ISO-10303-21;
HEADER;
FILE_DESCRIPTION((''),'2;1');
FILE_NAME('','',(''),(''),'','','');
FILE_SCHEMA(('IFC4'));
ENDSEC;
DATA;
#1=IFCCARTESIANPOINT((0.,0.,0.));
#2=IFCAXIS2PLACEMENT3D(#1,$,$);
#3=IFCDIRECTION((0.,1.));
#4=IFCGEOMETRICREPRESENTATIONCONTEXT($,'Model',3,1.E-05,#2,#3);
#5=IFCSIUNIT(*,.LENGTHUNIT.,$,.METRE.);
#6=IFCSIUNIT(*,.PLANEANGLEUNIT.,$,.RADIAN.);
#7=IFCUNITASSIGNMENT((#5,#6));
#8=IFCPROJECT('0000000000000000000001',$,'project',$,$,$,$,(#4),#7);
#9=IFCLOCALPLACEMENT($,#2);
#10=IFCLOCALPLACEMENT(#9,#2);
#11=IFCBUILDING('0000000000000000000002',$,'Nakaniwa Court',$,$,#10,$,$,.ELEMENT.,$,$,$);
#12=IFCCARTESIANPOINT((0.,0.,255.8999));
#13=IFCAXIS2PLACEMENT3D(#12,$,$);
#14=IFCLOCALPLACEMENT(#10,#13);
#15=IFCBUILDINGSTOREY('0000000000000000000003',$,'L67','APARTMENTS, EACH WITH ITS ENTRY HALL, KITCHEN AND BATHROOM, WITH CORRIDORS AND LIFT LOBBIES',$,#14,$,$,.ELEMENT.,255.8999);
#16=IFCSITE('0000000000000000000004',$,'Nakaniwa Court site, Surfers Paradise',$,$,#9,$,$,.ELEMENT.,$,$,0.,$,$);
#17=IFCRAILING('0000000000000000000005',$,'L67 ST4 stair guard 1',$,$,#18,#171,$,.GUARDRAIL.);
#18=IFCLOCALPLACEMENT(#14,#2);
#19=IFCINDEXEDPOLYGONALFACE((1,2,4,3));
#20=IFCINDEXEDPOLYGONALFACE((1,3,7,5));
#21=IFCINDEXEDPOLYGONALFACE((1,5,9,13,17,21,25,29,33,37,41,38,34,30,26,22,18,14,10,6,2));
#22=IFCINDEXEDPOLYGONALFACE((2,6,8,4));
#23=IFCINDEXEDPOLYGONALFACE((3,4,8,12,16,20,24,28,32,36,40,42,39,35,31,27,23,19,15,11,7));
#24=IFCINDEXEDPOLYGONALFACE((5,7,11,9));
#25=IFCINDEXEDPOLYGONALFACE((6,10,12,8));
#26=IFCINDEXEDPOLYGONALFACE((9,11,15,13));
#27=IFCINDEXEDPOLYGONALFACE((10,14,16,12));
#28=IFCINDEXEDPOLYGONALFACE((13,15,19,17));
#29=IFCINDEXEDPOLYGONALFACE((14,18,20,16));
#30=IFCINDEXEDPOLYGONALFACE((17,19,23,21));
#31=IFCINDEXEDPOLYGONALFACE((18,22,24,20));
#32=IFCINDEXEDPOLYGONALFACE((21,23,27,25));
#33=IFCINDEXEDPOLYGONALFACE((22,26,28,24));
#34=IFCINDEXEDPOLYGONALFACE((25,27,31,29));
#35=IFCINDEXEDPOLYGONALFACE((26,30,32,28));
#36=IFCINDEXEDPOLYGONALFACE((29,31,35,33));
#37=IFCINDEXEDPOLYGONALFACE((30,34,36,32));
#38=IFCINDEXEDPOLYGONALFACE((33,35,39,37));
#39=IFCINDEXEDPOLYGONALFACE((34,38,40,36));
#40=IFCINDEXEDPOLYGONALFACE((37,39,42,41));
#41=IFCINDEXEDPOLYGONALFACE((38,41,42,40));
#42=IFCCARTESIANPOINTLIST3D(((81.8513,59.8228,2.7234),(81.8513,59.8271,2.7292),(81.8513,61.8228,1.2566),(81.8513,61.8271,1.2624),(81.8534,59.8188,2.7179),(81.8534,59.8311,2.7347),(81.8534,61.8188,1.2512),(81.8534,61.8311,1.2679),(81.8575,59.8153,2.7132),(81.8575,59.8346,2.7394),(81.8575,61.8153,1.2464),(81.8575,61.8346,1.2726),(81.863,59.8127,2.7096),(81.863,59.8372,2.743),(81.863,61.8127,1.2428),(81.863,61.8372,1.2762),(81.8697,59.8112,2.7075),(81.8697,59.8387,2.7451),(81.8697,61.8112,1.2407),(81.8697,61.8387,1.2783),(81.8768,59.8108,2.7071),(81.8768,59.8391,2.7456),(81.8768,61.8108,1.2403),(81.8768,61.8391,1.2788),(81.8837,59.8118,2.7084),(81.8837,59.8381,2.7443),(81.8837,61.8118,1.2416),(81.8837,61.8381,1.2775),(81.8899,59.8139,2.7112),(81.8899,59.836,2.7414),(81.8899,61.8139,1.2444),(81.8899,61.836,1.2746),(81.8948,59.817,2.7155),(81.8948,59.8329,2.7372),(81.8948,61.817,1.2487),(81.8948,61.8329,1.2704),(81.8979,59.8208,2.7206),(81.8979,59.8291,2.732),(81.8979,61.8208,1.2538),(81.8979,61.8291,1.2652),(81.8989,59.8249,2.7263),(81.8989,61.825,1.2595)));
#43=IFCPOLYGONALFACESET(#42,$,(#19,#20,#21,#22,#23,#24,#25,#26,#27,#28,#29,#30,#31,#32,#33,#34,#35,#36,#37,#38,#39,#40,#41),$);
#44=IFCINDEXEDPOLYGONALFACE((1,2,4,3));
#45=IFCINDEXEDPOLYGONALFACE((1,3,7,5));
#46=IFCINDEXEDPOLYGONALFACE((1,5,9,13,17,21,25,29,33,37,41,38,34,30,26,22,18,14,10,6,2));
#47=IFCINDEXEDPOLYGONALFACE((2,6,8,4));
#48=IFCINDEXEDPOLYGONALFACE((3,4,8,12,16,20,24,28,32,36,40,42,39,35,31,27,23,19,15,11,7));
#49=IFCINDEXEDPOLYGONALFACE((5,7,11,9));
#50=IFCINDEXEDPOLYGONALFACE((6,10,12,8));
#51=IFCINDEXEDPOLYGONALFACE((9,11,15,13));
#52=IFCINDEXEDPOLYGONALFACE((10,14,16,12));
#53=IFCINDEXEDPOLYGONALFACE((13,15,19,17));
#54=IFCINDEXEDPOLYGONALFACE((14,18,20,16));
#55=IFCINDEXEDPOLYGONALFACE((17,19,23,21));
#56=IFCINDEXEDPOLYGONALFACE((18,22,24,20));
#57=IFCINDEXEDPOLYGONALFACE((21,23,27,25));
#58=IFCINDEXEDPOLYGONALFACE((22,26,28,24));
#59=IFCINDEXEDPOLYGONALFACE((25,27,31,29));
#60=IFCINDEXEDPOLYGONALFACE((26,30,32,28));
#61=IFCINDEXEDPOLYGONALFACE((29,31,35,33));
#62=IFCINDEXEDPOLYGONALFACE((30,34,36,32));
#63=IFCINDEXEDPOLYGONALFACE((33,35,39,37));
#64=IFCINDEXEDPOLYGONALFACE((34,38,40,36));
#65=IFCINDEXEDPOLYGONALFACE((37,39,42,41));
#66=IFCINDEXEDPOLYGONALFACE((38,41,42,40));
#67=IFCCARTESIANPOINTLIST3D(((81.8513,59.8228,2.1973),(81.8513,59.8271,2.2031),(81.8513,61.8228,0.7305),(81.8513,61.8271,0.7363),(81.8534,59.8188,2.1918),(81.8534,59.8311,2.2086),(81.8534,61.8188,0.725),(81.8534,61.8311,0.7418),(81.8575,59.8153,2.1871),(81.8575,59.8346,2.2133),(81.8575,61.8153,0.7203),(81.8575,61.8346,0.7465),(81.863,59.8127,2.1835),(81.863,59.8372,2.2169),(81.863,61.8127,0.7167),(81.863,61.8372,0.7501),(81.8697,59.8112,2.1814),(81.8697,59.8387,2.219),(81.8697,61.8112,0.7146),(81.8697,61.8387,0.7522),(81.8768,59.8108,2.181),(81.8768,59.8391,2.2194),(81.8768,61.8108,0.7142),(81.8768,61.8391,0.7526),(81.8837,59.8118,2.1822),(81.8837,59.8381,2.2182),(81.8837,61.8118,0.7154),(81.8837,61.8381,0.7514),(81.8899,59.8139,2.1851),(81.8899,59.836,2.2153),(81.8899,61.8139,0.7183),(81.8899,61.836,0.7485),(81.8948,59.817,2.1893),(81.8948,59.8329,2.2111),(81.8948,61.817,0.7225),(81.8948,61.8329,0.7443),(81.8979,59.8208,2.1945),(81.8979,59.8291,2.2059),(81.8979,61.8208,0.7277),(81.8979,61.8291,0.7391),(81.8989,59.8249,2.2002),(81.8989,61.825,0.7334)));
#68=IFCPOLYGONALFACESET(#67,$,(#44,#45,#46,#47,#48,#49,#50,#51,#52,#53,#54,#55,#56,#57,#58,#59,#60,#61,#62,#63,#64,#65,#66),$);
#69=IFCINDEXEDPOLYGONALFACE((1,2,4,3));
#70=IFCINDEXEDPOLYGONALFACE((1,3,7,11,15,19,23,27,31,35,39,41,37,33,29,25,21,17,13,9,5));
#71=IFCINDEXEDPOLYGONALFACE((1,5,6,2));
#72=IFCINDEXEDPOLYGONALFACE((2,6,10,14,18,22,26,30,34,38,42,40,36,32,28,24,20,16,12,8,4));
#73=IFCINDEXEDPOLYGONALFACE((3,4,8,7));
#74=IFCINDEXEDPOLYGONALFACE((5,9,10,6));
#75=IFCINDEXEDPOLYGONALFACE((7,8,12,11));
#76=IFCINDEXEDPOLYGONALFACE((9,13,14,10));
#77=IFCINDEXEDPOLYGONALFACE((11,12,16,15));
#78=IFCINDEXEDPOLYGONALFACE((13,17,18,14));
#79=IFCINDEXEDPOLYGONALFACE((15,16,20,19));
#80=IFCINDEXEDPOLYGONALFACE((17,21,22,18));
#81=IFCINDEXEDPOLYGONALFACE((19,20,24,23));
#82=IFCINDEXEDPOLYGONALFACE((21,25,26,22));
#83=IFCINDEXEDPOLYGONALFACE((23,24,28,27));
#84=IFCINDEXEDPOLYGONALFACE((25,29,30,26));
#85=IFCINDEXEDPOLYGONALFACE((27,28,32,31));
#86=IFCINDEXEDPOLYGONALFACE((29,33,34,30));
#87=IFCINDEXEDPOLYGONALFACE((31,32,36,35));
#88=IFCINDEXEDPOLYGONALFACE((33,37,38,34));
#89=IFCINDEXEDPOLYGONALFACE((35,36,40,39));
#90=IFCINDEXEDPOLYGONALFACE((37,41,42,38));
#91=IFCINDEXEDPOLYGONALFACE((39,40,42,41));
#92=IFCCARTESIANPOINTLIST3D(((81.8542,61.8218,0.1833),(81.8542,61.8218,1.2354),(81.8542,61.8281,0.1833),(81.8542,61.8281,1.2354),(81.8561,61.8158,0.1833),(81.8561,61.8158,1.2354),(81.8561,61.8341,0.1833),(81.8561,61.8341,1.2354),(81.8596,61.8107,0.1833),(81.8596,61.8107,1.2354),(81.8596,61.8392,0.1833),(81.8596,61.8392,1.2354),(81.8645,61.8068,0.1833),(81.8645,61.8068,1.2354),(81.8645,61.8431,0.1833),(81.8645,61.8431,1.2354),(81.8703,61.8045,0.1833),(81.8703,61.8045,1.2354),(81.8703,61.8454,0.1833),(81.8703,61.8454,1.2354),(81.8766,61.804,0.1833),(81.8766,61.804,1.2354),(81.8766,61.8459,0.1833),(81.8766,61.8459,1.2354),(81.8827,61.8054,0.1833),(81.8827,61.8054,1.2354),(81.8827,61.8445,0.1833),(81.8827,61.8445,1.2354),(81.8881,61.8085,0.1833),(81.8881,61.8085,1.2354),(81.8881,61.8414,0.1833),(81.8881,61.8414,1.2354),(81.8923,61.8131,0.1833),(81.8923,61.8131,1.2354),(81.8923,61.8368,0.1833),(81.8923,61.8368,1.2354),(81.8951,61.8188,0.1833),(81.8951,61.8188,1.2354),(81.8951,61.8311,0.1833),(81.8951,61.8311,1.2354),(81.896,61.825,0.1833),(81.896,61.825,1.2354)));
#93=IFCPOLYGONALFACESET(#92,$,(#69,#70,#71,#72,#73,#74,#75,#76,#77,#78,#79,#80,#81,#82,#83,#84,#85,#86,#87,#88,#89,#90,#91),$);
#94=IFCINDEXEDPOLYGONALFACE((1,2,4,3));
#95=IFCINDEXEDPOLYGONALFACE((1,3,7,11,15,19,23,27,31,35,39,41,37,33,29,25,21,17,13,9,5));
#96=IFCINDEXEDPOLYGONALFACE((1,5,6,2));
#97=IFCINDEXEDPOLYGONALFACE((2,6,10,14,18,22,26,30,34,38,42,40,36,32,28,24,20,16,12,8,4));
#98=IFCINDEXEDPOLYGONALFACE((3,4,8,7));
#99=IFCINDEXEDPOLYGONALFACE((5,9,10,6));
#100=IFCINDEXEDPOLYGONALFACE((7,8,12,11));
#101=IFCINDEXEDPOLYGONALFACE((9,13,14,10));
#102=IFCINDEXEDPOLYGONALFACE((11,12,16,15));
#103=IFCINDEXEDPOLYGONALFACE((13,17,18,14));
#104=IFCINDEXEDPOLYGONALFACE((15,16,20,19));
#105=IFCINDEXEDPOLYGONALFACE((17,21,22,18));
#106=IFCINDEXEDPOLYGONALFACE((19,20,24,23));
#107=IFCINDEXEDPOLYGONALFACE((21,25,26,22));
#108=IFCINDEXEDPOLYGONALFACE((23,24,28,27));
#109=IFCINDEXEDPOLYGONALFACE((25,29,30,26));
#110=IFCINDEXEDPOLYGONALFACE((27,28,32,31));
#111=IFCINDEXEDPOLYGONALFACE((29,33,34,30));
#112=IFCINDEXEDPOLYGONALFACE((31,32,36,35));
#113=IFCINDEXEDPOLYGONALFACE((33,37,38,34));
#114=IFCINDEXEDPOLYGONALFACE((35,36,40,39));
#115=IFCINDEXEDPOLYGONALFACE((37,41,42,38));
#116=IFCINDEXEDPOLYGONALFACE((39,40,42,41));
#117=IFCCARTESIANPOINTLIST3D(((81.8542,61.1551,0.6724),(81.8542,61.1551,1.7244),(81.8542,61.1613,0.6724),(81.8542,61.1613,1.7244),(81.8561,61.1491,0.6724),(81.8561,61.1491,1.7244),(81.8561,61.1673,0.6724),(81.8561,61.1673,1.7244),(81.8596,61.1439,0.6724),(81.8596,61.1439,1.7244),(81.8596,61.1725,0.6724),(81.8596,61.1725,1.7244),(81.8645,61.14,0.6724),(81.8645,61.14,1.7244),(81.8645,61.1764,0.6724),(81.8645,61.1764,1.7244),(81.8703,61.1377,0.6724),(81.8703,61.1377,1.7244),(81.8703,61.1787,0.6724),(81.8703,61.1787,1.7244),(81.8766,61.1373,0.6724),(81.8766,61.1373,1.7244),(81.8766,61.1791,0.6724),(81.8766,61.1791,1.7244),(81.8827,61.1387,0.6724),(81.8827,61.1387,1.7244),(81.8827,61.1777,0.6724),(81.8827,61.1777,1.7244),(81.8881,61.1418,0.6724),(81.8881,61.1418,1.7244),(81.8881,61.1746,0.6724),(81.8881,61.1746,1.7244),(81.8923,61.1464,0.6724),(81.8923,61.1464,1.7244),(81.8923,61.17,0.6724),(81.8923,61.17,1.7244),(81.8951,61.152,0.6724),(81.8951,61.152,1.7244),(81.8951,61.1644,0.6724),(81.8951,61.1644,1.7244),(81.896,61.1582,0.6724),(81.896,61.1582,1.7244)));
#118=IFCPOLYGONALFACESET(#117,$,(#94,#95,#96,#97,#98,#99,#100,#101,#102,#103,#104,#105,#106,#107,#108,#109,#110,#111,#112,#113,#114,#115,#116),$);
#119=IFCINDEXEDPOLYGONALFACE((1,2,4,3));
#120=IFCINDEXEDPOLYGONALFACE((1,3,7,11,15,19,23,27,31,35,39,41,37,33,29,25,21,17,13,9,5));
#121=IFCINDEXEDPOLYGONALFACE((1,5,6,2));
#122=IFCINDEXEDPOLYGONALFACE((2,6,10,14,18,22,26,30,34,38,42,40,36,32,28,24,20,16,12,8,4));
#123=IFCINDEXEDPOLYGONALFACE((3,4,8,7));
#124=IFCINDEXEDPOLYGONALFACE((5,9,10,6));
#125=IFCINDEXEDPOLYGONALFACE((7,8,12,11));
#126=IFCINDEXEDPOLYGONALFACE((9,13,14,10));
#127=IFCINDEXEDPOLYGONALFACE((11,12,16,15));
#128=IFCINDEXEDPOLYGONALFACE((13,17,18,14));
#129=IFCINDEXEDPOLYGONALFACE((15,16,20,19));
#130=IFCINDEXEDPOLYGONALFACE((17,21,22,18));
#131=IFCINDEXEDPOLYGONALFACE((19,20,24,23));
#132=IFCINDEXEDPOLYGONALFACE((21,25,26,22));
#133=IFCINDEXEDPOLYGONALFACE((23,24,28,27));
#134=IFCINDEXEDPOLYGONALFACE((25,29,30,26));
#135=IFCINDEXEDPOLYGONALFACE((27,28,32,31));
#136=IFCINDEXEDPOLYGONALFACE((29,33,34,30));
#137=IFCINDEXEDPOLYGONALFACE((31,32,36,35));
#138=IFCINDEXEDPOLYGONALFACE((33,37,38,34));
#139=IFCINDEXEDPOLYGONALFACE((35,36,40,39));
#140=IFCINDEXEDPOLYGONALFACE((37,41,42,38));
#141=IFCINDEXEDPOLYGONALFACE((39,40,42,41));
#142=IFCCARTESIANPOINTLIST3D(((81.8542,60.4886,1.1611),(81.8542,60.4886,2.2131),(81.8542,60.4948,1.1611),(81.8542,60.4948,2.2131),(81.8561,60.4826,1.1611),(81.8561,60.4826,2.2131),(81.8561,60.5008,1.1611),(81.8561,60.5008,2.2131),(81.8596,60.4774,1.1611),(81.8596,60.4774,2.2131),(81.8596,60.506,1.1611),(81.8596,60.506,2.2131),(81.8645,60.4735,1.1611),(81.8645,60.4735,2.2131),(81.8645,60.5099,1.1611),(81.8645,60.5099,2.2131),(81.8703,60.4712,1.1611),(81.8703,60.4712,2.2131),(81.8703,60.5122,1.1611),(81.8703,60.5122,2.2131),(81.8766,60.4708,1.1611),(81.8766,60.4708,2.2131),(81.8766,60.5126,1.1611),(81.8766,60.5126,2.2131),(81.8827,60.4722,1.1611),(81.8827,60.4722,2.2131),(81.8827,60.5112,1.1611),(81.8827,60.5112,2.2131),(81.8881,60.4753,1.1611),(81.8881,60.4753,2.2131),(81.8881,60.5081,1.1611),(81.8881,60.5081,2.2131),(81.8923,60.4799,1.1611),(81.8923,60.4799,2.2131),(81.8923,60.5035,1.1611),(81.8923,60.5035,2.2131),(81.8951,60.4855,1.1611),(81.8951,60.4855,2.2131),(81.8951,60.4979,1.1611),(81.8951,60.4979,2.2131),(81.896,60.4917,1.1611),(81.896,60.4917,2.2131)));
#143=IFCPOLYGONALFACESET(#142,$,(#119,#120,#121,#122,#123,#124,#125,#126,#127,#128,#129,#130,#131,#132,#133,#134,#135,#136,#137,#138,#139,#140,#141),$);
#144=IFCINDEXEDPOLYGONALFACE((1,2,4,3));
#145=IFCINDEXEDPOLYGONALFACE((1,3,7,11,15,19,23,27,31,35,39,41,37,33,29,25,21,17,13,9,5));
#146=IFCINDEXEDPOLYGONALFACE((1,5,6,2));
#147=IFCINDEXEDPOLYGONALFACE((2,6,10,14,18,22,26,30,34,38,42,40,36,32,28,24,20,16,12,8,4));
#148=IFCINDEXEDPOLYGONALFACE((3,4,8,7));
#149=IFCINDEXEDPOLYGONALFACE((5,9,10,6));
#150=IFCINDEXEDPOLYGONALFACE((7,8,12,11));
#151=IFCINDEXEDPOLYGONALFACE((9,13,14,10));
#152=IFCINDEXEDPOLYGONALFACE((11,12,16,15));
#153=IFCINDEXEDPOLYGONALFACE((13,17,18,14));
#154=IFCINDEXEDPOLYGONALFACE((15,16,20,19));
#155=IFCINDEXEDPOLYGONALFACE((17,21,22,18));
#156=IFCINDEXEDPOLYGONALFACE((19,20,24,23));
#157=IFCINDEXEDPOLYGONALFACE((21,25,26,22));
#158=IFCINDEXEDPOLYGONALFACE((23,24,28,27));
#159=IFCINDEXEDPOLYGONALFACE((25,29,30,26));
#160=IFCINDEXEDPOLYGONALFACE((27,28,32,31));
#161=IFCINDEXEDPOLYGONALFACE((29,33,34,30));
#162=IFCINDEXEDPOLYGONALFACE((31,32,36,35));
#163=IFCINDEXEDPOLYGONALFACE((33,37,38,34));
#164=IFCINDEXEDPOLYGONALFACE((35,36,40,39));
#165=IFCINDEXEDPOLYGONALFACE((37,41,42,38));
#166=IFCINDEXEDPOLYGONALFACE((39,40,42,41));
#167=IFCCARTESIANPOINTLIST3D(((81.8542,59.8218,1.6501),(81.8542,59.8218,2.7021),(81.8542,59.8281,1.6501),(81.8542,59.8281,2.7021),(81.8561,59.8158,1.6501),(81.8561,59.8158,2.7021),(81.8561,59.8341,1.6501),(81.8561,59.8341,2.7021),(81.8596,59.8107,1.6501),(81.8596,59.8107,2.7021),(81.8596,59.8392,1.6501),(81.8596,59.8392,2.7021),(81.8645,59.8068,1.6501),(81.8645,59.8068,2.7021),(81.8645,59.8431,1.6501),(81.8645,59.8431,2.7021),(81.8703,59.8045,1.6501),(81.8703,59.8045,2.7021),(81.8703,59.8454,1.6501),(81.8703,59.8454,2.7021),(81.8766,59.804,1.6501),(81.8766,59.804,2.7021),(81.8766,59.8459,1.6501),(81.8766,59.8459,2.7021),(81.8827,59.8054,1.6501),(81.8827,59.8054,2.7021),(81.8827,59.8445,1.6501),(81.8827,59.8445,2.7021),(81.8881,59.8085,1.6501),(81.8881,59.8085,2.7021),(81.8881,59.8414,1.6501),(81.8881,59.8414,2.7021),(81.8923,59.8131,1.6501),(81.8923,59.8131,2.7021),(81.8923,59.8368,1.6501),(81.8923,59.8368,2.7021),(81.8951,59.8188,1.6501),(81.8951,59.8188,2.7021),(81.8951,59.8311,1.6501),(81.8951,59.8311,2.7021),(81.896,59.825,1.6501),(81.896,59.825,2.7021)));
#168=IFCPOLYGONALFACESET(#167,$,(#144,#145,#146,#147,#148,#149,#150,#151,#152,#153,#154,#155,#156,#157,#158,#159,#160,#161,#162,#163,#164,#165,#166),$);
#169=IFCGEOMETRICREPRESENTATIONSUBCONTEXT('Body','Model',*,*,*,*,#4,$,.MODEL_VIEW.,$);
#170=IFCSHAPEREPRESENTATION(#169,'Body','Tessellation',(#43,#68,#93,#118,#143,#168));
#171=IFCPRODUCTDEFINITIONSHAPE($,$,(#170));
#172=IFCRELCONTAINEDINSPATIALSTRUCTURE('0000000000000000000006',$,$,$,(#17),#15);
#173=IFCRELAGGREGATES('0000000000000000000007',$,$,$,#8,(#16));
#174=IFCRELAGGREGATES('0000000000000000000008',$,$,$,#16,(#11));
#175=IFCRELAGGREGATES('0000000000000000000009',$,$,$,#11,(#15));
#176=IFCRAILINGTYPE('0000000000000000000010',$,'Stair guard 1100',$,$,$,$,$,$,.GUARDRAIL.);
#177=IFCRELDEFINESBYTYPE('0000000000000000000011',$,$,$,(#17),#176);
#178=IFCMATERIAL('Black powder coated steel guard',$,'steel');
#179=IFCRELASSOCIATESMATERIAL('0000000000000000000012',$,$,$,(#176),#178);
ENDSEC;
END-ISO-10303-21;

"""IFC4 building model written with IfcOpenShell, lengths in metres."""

from ifc_helpers import new_model, si_unit, direction, frame, origin, origin_2d, place, context, subcontext, project, spatial, circle, extrude, material, type_object, element, save


model = new_model("IFC4")

# Units and contexts
model_context = context("Model", 3, precision=1e-05, world=origin(), true_north=direction((0.0, 1.0)))
body_context = subcontext(model_context, "Body", "Model", "MODEL_VIEW")
ifc_project = project(units=[si_unit("LENGTHUNIT", "METRE"), si_unit("PLANEANGLEUNIT", "RADIAN")], contexts=[model_context])

# Site, building, storey
site_placement = place(None, origin())
site = spatial("IfcSite", under=ifc_project, at=site_placement, Name="Nakaniwa Court site, Surfers Paradise", CompositionType="ELEMENT", RefElevation=0.0)
building_placement = place(site_placement, origin())
building = spatial("IfcBuilding", under=site, at=building_placement, Name="Nakaniwa Court", CompositionType="ELEMENT")
storey_placement = place(building_placement, frame((0.0, 0.0, 255.8999)))
storey = spatial("IfcBuildingStorey", under=building, at=storey_placement, Name="L67", Description="APARTMENTS, EACH WITH ITS ENTRY HALL, KITCHEN AND BATHROOM, WITH CORRIDORS AND LIFT LOBBIES", CompositionType="ELEMENT", Elevation=255.8999)

# Railing
ifc_material_1 = material(Name="Black powder coated steel guard", Category="steel")
railing_type_1 = type_object("IfcRailingType", Name="Stair guard 1100", PredefinedType="GUARDRAIL", material=ifc_material_1)
railing_1_placement = place(storey_placement, frame((81.875, 61.825, 0.1833)))
element("IfcRailing", 1, at=railing_1_placement, inside=storey, type_object=railing_type_1, Name="L67 ST4 stair guard 1", PredefinedType="GUARDRAIL", context=body_context, shape_type="SweptSolid", body=[
    extrude(circle(Radius=0.0239, at=origin_2d()), frame((0.0, 0.0, 1.0762), z_axis=(0.0, -0.80638, 0.591398), x_axis=(1.0, 0.0, 0.0)), (0.0, 0.0, 1.0), 2.4802),
    extrude(circle(Radius=0.0239, at=origin_2d()), frame((0.0, 0.0, 0.55), z_axis=(0.0, -0.80638, 0.591398), x_axis=(1.0, 0.0, 0.0)), (0.0, 0.0, 1.0), 2.4802),
    extrude(circle(Radius=0.021, at=origin_2d()), origin(), (0.0, 0.0, 1.0), 1.052),
    extrude(circle(Radius=0.021, at=origin_2d()), frame((0.0, -0.6667, 0.489)), (0.0, 0.0, 1.0), 1.052),
    extrude(circle(Radius=0.021, at=origin_2d()), frame((0.0, -1.3333, 0.9778)), (0.0, 0.0, 1.0), 1.052),
    extrude(circle(Radius=0.021, at=origin_2d()), frame((0.0, -2.0, 1.4668)), (0.0, 0.0, 1.0), 1.052),
])

save(model, "model.ifc")
